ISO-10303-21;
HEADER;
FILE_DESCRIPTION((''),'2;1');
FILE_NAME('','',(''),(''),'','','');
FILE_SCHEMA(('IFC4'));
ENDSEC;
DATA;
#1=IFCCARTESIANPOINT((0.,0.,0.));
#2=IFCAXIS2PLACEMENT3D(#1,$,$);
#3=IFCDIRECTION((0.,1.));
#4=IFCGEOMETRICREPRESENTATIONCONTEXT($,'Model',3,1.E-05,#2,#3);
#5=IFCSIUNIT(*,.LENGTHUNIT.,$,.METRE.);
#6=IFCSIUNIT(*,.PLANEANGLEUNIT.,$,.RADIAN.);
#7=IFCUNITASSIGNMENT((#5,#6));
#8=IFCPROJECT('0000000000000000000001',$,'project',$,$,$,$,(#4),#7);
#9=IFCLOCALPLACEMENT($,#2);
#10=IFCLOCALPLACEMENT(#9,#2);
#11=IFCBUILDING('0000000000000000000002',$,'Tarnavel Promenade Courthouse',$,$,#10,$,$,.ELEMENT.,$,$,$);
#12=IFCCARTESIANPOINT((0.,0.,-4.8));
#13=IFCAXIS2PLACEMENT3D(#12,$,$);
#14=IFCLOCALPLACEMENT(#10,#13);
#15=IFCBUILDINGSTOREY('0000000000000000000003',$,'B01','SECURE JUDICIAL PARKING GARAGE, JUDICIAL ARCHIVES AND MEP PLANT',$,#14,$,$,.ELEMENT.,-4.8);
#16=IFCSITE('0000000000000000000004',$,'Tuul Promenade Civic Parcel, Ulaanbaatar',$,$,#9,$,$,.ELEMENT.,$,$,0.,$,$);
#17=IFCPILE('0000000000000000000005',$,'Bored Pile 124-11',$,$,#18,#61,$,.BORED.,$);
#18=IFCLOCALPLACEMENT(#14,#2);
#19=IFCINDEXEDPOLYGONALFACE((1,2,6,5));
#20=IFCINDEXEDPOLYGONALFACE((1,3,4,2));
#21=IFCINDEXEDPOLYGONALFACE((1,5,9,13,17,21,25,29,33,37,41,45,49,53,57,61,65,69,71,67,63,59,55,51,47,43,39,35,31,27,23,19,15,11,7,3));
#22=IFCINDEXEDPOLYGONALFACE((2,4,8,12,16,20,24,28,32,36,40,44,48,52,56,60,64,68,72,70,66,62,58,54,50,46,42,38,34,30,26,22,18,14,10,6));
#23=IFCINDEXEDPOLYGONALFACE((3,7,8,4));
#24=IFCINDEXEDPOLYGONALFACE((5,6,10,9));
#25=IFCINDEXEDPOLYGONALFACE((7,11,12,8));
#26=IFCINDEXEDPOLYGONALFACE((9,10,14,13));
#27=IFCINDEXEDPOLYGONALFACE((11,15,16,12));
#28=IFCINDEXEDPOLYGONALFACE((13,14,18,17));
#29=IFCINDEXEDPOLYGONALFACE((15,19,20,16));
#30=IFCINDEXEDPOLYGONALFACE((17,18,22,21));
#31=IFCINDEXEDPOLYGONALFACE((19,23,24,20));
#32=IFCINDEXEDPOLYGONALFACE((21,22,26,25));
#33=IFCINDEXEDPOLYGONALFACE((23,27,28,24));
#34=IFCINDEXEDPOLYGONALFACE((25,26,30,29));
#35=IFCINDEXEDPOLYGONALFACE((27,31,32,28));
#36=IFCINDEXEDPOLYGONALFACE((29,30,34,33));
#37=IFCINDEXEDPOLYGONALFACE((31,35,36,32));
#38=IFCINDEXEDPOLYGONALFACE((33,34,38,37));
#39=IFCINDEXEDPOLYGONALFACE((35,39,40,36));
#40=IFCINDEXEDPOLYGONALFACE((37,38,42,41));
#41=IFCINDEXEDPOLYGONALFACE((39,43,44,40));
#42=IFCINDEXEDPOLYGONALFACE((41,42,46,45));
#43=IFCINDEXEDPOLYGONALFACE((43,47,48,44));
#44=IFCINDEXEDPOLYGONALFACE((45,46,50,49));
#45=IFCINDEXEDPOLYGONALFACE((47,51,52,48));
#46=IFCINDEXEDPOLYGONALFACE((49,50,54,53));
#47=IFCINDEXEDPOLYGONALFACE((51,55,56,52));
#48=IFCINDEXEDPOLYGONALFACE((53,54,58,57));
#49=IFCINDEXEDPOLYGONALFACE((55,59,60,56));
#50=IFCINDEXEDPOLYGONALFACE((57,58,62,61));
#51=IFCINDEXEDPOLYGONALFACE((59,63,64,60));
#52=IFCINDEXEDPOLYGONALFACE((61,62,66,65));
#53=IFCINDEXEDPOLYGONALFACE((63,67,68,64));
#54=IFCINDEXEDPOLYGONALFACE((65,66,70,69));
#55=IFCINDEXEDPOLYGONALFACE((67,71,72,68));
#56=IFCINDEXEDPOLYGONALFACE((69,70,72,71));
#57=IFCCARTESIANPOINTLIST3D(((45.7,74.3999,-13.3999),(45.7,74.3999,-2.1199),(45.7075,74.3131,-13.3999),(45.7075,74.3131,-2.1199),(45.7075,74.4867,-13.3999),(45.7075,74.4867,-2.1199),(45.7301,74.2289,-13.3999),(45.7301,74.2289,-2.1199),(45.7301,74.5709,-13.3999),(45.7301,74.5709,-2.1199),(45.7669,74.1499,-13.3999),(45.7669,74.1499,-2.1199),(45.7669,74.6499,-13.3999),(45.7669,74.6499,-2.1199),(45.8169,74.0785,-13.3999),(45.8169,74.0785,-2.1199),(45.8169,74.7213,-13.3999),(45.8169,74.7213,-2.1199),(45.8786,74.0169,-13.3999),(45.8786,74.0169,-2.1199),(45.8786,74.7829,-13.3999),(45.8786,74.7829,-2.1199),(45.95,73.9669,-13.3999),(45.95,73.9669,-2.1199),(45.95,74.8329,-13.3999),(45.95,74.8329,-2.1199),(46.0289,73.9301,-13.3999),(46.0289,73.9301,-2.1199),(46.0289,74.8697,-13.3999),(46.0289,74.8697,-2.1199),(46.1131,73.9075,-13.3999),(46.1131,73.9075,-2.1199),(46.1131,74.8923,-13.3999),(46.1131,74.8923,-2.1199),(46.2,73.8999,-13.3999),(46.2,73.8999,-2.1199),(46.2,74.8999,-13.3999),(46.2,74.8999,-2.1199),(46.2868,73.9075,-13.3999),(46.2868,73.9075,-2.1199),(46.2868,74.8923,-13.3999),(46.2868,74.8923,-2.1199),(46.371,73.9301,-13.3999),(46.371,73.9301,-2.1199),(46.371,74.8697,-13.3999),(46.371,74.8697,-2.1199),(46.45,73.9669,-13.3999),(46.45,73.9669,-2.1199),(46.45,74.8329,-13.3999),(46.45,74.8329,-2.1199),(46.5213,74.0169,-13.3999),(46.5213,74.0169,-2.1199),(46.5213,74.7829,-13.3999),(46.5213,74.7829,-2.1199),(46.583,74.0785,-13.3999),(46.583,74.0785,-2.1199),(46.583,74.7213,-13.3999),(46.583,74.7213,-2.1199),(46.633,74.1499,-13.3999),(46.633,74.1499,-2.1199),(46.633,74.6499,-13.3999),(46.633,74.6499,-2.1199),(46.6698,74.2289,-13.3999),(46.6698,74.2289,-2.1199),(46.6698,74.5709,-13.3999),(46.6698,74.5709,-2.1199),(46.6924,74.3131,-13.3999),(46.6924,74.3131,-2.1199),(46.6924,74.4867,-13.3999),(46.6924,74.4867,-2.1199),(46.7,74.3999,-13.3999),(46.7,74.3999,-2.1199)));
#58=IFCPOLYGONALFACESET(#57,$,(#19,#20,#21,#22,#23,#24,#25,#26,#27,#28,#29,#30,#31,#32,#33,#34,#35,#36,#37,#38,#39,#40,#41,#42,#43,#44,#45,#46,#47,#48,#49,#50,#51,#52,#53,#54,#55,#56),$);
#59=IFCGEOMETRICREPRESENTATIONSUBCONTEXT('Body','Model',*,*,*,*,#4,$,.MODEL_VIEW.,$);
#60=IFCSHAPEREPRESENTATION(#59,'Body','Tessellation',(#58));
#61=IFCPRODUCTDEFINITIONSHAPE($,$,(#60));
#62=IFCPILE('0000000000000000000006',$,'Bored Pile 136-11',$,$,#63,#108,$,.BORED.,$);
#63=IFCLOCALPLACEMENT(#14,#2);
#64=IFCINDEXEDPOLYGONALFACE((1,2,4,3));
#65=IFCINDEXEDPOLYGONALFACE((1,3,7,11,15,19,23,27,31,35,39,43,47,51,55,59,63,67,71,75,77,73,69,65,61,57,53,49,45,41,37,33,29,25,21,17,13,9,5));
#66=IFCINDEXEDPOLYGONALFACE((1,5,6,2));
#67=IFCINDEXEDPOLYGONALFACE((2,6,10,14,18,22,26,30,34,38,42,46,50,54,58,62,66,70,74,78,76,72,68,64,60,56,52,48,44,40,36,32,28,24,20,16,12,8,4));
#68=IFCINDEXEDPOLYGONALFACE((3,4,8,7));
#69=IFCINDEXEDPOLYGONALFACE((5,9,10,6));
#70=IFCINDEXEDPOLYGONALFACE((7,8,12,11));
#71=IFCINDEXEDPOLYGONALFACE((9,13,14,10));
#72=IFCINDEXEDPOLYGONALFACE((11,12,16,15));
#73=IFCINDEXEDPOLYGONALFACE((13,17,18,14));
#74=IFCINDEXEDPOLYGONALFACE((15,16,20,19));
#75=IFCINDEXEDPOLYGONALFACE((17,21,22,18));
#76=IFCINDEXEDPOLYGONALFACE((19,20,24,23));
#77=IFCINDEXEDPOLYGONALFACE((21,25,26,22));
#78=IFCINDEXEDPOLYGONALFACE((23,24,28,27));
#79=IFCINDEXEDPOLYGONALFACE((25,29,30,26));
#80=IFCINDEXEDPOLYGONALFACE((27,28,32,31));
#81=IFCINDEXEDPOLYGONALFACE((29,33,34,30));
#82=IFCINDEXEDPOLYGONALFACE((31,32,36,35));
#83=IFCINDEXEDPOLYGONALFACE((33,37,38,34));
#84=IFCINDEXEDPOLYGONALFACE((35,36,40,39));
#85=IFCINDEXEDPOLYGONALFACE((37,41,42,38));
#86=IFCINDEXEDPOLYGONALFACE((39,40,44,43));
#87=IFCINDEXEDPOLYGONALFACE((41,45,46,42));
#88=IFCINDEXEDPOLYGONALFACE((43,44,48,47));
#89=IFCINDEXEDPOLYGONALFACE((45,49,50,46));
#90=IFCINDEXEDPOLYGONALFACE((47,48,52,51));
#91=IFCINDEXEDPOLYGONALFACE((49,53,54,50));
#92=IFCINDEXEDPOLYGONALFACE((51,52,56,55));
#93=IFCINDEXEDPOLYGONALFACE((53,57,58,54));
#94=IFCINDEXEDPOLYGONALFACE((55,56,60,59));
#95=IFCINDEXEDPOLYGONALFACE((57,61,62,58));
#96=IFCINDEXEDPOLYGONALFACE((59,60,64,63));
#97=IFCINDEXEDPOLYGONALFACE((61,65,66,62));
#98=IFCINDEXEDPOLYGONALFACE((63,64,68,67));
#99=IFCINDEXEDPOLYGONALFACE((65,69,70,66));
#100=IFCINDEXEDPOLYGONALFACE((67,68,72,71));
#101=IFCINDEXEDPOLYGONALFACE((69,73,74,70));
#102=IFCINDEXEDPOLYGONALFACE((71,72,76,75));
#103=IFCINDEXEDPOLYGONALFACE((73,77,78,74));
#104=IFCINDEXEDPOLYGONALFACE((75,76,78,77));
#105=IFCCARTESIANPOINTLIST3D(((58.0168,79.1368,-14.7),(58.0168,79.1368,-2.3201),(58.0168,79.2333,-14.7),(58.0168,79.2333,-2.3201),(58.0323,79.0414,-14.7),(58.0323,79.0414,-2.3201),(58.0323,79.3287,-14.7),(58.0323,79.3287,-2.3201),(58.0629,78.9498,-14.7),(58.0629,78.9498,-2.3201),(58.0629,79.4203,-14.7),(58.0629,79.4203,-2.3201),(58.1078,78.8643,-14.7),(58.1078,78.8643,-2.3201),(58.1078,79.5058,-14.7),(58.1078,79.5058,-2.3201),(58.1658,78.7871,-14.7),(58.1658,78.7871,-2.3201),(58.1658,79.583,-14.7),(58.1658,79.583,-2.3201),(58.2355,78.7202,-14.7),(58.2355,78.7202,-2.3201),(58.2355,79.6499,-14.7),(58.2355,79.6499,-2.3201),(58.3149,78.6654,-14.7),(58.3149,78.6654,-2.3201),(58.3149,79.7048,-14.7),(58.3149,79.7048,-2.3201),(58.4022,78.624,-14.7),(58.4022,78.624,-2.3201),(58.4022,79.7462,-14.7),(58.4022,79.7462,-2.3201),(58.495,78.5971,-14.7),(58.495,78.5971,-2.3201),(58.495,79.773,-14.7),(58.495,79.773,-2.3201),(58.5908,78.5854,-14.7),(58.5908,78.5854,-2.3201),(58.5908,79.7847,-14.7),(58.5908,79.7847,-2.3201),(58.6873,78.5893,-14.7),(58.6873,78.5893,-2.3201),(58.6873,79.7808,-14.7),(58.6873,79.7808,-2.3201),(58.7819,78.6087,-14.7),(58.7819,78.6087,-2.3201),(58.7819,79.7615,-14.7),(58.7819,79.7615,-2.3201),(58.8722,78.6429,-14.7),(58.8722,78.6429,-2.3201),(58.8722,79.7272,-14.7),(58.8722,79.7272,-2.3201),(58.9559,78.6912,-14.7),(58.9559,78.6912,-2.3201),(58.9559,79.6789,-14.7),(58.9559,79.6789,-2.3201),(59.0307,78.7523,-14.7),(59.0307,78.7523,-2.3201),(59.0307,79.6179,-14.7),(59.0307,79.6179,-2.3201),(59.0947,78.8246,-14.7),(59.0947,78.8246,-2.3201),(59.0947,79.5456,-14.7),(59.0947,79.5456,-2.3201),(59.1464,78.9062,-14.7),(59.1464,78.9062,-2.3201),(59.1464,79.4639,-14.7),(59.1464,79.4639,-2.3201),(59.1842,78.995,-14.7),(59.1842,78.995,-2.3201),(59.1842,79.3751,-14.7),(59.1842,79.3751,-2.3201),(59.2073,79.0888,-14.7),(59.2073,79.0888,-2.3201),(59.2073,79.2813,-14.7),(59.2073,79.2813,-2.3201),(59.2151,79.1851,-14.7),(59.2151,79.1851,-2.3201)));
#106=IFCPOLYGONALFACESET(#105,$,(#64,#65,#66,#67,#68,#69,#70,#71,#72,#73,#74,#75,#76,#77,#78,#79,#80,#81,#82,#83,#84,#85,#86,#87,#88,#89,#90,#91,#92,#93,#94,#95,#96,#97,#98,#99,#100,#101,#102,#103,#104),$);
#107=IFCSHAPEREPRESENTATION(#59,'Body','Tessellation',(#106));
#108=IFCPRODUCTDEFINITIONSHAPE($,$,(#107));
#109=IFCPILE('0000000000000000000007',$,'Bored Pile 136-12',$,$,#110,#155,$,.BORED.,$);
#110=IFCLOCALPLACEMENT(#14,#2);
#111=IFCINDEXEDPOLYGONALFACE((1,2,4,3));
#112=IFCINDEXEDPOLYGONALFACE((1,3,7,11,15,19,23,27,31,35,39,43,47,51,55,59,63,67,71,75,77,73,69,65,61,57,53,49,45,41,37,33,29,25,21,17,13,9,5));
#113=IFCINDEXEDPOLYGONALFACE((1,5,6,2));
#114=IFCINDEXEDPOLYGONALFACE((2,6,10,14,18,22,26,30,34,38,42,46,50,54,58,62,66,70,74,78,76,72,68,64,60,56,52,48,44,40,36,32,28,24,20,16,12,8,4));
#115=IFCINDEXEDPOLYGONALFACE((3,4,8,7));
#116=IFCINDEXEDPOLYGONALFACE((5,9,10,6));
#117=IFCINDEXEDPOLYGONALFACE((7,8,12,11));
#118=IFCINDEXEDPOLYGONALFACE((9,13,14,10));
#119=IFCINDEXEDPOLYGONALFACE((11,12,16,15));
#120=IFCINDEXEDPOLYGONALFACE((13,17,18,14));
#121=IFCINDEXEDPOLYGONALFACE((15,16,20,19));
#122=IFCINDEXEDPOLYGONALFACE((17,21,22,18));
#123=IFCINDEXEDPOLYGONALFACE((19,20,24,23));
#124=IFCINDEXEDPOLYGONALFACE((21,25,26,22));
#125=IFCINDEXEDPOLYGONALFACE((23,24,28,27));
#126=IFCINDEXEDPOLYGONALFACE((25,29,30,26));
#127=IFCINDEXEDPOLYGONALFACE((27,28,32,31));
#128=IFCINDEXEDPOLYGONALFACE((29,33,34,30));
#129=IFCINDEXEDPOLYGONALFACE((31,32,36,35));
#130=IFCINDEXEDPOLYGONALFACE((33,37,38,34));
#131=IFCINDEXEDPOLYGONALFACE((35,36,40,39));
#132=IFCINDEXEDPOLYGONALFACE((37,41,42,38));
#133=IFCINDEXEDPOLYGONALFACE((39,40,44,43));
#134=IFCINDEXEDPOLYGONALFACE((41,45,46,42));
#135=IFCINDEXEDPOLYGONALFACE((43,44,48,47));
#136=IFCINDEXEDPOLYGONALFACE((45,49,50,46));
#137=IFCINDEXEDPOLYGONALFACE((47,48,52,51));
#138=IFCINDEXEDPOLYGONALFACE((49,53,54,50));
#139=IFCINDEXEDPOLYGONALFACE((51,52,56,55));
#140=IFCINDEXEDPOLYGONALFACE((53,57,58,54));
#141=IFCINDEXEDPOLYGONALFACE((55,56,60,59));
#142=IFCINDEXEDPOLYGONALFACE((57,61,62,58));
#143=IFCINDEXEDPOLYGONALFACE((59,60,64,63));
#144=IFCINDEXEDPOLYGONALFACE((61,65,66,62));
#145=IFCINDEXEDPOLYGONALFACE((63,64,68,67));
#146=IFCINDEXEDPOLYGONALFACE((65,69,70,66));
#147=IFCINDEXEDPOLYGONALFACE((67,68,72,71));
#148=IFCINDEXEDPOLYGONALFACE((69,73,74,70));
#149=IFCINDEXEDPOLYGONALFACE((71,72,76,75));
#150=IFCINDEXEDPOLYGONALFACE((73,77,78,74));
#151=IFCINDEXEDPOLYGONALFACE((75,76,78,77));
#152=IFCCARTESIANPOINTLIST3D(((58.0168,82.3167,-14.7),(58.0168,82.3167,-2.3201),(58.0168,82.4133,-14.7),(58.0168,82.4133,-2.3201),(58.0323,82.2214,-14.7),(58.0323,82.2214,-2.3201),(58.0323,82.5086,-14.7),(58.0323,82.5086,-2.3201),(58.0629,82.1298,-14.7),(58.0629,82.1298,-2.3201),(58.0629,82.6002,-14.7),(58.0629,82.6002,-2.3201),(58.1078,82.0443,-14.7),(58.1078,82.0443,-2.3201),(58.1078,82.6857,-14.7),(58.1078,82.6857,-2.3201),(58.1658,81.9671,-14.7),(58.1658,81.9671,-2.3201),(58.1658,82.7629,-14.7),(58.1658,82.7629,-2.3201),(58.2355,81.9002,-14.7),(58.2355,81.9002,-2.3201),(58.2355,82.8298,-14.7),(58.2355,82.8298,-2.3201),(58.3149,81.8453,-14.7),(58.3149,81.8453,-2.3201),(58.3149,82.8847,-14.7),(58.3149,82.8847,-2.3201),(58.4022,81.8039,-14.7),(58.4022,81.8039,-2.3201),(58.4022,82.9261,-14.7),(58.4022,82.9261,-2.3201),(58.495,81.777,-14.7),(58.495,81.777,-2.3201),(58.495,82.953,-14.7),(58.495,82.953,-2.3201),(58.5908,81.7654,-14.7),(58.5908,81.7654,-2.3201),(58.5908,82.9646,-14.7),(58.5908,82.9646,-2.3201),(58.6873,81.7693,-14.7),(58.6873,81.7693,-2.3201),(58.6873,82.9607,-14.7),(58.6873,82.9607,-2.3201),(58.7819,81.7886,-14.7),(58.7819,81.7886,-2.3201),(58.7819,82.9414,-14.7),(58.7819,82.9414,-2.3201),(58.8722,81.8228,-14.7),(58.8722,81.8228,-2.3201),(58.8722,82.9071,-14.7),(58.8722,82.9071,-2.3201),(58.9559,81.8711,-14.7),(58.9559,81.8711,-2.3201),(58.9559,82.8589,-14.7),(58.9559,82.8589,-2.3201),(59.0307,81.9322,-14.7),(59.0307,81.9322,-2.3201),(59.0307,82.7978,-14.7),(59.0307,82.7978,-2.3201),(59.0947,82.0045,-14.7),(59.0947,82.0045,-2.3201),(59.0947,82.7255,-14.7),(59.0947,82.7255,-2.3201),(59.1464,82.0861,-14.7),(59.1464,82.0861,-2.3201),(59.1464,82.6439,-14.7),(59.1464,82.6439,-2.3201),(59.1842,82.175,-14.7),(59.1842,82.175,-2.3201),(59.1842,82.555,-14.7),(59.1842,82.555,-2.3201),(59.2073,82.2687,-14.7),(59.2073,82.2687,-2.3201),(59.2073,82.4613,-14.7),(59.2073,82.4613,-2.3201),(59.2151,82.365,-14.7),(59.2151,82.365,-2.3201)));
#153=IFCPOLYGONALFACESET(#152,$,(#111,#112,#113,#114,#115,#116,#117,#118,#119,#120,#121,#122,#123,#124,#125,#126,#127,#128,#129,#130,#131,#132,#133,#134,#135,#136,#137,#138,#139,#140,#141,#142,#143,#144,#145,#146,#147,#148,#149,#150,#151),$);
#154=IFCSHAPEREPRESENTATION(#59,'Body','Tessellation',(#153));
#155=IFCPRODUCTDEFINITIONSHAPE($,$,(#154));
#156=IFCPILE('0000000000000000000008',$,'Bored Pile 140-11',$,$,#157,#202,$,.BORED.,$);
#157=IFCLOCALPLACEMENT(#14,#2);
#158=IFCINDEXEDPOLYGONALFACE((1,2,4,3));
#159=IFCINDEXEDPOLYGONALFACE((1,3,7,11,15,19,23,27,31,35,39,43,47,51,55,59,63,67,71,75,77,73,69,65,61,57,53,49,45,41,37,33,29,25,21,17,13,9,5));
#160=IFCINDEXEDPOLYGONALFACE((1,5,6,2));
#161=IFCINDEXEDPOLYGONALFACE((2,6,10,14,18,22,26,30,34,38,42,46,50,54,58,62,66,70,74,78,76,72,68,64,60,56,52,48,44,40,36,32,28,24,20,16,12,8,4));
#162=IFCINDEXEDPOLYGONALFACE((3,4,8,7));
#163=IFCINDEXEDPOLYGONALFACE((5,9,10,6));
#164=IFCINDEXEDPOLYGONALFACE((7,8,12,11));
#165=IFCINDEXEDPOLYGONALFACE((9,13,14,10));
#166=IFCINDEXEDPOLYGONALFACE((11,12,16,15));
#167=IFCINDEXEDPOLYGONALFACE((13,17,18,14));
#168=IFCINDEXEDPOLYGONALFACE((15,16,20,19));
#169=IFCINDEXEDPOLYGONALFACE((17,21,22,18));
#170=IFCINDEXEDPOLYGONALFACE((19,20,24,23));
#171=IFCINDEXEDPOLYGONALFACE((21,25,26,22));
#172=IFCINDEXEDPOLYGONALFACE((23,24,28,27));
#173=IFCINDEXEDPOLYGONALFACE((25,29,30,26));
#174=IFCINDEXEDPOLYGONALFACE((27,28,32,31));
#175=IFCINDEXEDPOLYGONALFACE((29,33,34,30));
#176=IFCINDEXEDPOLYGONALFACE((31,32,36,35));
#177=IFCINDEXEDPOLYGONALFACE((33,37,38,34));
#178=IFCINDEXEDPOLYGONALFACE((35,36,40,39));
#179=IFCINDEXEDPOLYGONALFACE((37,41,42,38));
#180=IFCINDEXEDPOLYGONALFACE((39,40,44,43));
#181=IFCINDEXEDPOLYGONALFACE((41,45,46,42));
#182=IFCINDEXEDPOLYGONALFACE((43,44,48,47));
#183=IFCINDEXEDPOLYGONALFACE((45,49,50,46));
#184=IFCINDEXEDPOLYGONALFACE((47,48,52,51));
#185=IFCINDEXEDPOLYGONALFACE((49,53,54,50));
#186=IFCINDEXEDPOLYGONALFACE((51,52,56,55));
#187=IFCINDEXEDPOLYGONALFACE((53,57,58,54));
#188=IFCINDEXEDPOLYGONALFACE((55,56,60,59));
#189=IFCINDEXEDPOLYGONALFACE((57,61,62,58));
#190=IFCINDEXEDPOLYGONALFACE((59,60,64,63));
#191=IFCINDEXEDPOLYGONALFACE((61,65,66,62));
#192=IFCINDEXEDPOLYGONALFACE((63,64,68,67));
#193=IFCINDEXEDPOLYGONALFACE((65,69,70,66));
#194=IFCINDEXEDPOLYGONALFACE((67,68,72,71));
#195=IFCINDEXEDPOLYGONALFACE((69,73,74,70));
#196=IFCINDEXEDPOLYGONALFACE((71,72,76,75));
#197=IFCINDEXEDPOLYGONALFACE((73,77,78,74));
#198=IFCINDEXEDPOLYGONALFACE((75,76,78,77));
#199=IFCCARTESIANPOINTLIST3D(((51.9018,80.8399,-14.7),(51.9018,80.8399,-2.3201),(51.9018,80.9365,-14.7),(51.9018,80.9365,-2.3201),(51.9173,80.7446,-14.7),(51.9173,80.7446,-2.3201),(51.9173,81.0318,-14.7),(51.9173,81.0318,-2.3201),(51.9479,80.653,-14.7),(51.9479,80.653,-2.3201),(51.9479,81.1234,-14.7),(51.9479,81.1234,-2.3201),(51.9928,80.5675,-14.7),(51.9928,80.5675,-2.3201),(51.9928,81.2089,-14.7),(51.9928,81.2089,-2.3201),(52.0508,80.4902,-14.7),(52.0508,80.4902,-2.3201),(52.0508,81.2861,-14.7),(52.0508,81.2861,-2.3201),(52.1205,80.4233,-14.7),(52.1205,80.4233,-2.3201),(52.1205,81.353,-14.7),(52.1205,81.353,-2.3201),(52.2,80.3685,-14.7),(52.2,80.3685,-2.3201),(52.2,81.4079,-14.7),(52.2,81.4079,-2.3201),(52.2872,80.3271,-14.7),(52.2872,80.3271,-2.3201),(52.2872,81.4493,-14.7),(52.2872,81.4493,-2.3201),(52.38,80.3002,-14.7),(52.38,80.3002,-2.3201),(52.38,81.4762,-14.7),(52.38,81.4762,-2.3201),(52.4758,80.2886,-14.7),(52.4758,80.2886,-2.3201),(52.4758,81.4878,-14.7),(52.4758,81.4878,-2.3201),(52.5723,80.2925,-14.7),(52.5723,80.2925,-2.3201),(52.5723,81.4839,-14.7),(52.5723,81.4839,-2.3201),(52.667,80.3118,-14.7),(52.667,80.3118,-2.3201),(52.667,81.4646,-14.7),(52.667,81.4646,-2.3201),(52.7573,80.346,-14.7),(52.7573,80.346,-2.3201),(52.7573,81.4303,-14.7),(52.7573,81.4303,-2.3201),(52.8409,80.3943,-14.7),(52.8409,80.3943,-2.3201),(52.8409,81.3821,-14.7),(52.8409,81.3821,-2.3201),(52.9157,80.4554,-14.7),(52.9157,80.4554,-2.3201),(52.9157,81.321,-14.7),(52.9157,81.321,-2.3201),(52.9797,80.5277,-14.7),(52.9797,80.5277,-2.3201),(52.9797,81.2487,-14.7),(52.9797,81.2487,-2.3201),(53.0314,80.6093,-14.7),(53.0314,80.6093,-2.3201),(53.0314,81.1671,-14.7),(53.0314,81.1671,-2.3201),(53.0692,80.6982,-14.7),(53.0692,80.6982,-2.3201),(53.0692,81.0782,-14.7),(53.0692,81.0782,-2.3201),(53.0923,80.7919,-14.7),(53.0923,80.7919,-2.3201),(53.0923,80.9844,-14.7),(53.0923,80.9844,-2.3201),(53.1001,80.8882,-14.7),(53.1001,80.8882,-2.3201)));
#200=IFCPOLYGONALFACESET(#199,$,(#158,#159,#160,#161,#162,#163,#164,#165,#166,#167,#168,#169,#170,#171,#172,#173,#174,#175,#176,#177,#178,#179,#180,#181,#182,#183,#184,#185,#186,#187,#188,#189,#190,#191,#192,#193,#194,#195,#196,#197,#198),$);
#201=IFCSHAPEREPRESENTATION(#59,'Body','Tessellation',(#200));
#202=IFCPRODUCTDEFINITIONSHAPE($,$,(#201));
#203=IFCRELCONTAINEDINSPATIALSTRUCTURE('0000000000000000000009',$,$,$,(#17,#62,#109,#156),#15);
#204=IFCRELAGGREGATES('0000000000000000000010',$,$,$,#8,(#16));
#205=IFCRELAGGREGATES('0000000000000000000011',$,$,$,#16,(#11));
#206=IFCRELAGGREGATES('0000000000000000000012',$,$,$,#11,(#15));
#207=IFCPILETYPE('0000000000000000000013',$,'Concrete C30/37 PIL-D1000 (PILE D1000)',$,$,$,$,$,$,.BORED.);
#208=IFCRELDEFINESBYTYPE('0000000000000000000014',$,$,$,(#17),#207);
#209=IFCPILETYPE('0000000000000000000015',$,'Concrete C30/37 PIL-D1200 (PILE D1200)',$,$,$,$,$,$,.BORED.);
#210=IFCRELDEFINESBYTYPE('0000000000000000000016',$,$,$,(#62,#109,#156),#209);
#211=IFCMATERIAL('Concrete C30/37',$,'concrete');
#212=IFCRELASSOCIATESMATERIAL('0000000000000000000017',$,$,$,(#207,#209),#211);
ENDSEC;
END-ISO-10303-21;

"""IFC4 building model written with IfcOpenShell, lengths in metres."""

from ifc_helpers import new_model, si_unit, direction, frame, origin, origin_2d, place, context, subcontext, project, spatial, circle, extrude, material, material_profile, profile_set, type_object, element, save


model = new_model("IFC4")

# Units and contexts
model_context = context("Model", 3, precision=1e-05, world=origin(), true_north=direction((0.0, 1.0)))
body_context = subcontext(model_context, "Body", "Model", "MODEL_VIEW")
ifc_project = project(units=[si_unit("LENGTHUNIT", "METRE"), si_unit("PLANEANGLEUNIT", "RADIAN")], contexts=[model_context])

# Site, building, storey
site_placement = place(None, origin())
site = spatial("IfcSite", under=ifc_project, at=site_placement, Name="Tuul Promenade Civic Parcel, Ulaanbaatar", CompositionType="ELEMENT", RefElevation=0.0)
building_placement = place(site_placement, origin())
building = spatial("IfcBuilding", under=site, at=building_placement, Name="Tarnavel Promenade Courthouse", CompositionType="ELEMENT")
storey_placement = place(building_placement, frame((0.0, 0.0, -4.8)))
storey = spatial("IfcBuildingStorey", under=building, at=storey_placement, Name="B01", Description="SECURE JUDICIAL PARKING GARAGE, JUDICIAL ARCHIVES AND MEP PLANT", CompositionType="ELEMENT", Elevation=-4.8)

# Piles
ifc_material_1 = material(Name="Concrete C30/37", Category="concrete")
ifc_material_profile_1 = material_profile(ifc_material_1, circle(Radius=0.5, at=origin_2d()), Name="PILE D1000")
ifc_profile_set_1 = profile_set([ifc_material_profile_1], Name="Concrete C30/37")
pile_type_1 = type_object("IfcPileType", Name="Concrete C30/37 PIL-D1000 (PILE D1000)", PredefinedType="BORED", material=ifc_profile_set_1)
pile_1_placement = place(storey_placement, frame((46.2, 74.3999, -2.1199), z_axis=(0.0, 0.0, -1.0), x_axis=(1.0, 0.0, 0.0)))
element("IfcPile", 1, at=pile_1_placement, inside=storey, type_object=pile_type_1, Name="Bored Pile 124-11", PredefinedType="BORED", context=body_context, shape_type="SweptSolid", body=[
    extrude(circle(Radius=0.5, at=origin_2d()), origin(), (0.0, 0.0, 1.0), 11.28),
])
ifc_material_profile_2 = material_profile(ifc_material_1, circle(Radius=0.6001, at=origin_2d()), Name="PILE D1200")
ifc_profile_set_2 = profile_set([ifc_material_profile_2], Name="Concrete C30/37")
pile_type_2 = type_object("IfcPileType", Name="Concrete C30/37 PIL-D1200 (PILE D1200)", PredefinedType="BORED", material=ifc_profile_set_2)
for number, where, z_axis, x_axis, name in (
    (2, (58.615, 79.1851, -2.3201), (0.0, 0.0, -1.0), (1.0, 0.0, 0.0), "Bored Pile 136-11"),
    (3, (58.615, 82.365, -2.3201), (0.0, 0.0, -1.0), (1.0, 0.0, 0.0), "Bored Pile 136-12"),
    (4, (52.5, 80.8882, -2.3201), (0.0, 0.0, -1.0), (1.0, 0.0, 0.0), "Bored Pile 140-11"),
):
    element("IfcPile", number, at=place(storey_placement, frame(where, z_axis=z_axis, x_axis=x_axis)), inside=storey, type_object=pile_type_2, Name=name, PredefinedType="BORED", context=body_context, shape_type="SweptSolid", body=[
        extrude(circle(Radius=0.6001, at=origin_2d()), origin(), (0.0, 0.0, 1.0), 12.3799),
    ])

save(model, "model.ifc")
